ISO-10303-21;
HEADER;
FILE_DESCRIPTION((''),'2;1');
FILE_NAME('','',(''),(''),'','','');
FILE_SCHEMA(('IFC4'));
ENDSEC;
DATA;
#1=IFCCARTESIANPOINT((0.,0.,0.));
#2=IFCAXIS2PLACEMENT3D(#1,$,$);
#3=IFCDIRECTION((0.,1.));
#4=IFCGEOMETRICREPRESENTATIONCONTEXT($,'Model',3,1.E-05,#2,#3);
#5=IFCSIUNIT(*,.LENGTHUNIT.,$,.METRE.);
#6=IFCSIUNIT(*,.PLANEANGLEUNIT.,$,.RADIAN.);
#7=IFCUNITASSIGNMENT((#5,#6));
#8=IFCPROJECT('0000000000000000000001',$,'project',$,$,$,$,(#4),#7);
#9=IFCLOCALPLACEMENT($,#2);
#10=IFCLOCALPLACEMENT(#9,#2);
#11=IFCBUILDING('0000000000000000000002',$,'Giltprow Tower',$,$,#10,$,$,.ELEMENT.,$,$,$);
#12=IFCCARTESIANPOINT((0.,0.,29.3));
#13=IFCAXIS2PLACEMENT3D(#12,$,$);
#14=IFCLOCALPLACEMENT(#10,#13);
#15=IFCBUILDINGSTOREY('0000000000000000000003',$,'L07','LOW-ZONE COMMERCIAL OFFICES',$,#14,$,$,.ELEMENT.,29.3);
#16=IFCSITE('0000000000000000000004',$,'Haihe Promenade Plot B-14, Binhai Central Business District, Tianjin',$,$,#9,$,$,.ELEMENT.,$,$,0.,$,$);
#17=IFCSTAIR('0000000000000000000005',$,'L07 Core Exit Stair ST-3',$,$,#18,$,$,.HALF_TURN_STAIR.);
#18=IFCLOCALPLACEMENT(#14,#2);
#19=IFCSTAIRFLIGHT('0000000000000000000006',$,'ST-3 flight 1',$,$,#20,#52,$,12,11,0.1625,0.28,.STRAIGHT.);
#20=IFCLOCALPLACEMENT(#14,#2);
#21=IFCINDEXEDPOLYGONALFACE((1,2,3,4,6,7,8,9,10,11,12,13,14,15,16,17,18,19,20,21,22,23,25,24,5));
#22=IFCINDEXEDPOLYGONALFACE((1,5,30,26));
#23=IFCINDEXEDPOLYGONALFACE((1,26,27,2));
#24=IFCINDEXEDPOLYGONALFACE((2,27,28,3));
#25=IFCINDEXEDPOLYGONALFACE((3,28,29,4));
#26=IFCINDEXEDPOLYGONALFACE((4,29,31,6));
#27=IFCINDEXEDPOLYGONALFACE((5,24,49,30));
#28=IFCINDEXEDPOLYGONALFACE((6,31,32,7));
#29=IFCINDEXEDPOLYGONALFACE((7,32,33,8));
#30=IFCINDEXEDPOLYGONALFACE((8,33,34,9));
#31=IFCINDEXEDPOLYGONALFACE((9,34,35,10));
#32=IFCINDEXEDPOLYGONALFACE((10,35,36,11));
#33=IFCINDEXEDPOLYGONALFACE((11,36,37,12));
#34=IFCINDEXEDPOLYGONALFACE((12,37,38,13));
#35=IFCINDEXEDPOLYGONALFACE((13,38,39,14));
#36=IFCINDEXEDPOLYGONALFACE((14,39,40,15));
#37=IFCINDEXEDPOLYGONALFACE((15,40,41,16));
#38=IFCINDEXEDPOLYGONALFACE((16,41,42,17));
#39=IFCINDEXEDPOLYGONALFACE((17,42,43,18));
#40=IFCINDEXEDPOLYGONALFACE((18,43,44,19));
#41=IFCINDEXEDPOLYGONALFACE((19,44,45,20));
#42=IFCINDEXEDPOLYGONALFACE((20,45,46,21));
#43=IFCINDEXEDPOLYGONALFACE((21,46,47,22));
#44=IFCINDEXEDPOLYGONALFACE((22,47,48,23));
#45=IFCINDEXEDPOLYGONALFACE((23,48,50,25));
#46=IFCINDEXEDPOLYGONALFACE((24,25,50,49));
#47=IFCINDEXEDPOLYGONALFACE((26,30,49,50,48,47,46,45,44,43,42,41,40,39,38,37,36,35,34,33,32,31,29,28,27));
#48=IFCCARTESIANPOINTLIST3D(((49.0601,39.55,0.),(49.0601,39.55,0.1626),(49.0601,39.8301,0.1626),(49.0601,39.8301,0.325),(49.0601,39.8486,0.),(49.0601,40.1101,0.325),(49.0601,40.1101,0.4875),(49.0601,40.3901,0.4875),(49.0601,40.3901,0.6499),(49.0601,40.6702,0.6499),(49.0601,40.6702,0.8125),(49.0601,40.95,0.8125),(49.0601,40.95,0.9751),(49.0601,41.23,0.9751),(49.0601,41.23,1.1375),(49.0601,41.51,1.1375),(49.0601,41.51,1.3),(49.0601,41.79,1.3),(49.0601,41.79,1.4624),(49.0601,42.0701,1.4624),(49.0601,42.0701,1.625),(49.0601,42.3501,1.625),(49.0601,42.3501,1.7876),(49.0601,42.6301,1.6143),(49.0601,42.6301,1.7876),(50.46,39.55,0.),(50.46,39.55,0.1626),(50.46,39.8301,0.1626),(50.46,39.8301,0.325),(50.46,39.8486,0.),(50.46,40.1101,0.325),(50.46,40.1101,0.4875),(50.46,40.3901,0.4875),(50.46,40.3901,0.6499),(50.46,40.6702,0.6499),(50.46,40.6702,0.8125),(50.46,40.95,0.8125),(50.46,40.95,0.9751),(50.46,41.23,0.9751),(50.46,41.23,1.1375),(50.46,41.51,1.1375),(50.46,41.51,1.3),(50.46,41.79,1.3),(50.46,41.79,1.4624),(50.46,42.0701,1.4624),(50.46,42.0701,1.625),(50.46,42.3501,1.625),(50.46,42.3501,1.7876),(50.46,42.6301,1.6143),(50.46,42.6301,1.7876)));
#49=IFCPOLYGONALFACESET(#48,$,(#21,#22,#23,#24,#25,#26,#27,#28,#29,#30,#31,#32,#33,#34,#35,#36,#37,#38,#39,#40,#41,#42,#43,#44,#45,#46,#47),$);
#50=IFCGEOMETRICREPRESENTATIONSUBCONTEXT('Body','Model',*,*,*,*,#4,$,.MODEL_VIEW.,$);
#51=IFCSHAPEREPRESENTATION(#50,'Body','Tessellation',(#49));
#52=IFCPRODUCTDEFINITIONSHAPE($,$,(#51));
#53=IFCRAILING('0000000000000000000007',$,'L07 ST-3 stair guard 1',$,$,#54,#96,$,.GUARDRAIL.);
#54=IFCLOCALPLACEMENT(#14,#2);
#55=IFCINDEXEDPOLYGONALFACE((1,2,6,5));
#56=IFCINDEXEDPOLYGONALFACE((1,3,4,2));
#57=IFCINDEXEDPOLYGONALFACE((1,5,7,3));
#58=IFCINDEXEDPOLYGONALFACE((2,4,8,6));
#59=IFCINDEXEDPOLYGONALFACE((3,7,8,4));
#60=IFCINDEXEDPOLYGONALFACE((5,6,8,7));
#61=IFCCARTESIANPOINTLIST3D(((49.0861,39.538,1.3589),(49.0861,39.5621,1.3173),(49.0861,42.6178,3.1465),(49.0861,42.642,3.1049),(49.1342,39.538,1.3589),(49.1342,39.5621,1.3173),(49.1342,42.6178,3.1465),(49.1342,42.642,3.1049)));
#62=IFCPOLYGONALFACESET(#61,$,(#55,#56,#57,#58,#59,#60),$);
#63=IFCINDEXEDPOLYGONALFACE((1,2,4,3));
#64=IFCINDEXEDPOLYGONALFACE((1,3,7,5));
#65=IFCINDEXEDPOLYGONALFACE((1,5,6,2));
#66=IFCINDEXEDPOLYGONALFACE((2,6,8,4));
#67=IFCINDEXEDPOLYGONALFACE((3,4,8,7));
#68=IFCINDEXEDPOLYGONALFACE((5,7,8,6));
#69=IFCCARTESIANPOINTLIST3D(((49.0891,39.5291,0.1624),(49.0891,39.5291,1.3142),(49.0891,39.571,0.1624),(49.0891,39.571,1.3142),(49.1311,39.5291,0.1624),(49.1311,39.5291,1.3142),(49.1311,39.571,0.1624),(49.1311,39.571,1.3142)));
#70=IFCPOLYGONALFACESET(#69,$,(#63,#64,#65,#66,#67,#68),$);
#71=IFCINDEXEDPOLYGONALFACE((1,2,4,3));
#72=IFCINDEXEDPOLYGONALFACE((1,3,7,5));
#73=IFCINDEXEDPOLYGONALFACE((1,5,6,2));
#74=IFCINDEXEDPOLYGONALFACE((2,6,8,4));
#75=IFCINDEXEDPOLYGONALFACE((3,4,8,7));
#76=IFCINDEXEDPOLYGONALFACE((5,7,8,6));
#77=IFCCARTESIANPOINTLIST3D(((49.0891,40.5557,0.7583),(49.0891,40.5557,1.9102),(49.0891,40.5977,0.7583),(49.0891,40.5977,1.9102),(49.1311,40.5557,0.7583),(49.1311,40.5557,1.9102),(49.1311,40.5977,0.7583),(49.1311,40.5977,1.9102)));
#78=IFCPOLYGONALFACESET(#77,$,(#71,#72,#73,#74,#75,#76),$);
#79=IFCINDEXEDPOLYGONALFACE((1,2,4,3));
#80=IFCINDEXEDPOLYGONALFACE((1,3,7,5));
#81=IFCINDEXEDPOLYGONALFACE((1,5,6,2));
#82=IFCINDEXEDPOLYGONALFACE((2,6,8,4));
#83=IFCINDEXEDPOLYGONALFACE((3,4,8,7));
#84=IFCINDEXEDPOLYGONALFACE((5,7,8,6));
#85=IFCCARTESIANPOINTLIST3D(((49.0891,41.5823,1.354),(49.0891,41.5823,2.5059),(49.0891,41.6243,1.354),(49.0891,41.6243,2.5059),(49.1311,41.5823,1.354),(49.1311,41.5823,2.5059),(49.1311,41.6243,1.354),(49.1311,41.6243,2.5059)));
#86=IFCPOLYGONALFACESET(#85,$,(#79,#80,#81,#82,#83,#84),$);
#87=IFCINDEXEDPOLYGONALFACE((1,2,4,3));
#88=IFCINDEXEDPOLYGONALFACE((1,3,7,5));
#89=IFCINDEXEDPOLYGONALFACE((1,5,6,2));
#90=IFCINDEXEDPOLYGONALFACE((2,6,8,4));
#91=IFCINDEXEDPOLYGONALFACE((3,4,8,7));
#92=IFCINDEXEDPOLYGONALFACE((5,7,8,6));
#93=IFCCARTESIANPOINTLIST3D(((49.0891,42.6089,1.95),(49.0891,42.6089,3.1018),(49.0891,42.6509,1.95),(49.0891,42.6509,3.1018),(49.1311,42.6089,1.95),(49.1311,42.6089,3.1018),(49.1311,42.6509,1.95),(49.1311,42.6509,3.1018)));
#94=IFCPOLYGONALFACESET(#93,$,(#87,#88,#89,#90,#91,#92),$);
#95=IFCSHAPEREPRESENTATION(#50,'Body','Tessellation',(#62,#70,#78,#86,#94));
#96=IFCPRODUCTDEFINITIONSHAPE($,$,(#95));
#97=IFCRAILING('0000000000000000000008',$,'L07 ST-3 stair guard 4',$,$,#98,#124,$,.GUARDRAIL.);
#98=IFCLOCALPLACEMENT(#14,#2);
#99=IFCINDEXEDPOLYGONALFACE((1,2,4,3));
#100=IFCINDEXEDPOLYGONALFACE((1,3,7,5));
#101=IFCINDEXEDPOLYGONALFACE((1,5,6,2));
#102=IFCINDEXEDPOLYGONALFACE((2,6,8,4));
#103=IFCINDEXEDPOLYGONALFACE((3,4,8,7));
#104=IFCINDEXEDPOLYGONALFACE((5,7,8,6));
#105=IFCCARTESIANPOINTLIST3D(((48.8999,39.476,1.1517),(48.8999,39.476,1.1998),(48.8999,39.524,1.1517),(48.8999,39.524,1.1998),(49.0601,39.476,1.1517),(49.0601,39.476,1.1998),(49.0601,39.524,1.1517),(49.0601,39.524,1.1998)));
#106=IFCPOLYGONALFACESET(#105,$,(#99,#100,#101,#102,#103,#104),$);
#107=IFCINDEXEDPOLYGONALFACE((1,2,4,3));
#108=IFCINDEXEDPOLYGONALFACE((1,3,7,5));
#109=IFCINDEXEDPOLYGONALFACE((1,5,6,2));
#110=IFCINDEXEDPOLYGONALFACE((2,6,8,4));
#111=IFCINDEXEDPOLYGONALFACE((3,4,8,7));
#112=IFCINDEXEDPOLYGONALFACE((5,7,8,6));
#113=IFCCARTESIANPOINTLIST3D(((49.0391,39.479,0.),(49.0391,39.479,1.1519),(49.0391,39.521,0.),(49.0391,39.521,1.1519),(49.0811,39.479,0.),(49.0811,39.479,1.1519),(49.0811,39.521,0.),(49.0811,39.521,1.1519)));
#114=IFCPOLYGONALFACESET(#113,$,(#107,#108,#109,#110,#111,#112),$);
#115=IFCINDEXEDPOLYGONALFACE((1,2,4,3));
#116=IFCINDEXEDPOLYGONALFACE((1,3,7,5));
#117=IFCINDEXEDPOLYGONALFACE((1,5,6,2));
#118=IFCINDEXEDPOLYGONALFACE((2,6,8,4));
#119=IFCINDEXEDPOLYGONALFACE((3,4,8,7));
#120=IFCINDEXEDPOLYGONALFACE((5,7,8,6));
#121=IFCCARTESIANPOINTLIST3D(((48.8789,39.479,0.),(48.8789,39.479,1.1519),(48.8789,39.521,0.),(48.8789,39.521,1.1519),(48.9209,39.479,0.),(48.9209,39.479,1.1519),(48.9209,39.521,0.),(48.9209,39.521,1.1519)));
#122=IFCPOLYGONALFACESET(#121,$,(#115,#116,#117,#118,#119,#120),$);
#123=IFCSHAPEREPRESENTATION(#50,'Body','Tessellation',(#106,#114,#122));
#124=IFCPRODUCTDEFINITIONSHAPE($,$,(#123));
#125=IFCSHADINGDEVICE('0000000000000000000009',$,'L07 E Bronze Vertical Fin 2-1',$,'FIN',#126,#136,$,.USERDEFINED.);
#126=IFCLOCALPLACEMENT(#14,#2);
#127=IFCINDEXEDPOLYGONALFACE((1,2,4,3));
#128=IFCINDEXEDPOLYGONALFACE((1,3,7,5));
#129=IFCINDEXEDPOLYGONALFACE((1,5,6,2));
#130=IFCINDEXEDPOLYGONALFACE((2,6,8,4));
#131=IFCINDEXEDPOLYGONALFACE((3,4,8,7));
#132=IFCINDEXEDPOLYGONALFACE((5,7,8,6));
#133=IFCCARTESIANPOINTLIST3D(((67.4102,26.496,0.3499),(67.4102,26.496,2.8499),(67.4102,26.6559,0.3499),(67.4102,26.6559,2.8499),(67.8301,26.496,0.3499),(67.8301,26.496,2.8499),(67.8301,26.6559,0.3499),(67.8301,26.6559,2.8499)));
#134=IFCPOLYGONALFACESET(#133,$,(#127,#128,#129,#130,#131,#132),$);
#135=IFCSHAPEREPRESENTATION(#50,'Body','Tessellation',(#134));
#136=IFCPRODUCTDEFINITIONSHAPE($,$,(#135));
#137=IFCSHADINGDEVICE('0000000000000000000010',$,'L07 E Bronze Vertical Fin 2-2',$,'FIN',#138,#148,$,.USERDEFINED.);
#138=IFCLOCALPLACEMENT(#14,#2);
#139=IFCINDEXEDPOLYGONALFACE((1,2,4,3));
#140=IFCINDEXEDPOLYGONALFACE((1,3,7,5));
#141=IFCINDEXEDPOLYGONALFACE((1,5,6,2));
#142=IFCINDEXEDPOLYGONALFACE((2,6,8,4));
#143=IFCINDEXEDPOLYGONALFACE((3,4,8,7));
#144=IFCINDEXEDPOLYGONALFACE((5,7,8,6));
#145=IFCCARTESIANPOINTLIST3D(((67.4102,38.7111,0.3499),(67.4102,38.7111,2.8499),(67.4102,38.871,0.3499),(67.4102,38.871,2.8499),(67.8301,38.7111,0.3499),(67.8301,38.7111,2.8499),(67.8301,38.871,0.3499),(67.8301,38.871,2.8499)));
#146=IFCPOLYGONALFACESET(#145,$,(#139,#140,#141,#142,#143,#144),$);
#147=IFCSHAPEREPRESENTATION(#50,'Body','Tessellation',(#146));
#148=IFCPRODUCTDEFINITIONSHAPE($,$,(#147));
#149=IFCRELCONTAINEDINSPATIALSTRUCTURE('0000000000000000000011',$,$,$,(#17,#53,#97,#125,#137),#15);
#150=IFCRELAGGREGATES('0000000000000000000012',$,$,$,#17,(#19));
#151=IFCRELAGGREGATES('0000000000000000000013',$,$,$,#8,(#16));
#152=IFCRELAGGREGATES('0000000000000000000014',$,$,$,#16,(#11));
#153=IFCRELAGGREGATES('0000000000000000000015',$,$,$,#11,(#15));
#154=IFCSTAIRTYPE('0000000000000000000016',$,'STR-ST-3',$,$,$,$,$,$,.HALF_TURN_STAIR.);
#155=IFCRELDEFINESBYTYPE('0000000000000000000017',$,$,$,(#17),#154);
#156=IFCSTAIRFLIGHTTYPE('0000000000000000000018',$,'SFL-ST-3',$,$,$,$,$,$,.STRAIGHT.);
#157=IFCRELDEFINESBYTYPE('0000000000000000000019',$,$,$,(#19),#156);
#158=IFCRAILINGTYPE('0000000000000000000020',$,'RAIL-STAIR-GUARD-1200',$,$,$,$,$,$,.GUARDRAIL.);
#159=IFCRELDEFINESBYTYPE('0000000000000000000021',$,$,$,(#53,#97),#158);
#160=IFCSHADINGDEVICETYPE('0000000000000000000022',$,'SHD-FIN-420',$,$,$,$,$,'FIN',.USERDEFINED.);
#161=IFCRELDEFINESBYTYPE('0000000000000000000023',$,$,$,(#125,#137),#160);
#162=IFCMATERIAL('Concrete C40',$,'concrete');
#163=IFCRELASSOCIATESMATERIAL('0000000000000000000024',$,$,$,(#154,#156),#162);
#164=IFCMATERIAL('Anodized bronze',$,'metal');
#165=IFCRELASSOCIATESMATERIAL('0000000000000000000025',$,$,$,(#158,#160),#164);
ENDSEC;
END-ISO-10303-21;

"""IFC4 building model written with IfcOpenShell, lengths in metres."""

from ifc_helpers import new_model, si_unit, direction, frame, origin, origin_2d, place, context, subcontext, project, spatial, polyline, rectangle, outline, extrude, source, transform, mapped, material, type_object, element, aggregate, save


model = new_model("IFC4")

# Units and contexts
model_context = context("Model", 3, precision=1e-05, world=origin(), true_north=direction((0.0, 1.0)))
body_context = subcontext(model_context, "Body", "Model", "MODEL_VIEW")
ifc_project = project(units=[si_unit("LENGTHUNIT", "METRE"), si_unit("PLANEANGLEUNIT", "RADIAN")], contexts=[model_context])

# Site, building, storey
site_placement = place(None, origin())
site = spatial("IfcSite", under=ifc_project, at=site_placement, Name="Haihe Promenade Plot B-14, Binhai Central Business District, Tianjin", CompositionType="ELEMENT", RefElevation=0.0)
building_placement = place(site_placement, origin())
building = spatial("IfcBuilding", under=site, at=building_placement, Name="Giltprow Tower", CompositionType="ELEMENT")
storey_placement = place(building_placement, frame((0.0, 0.0, 29.3)))
storey = spatial("IfcBuildingStorey", under=building, at=storey_placement, Name="L07", Description="LOW-ZONE COMMERCIAL OFFICES", CompositionType="ELEMENT", Elevation=29.3)

# Shared definitions
ifc_material_1 = material(Name="Concrete C40", Category="concrete")

# Stair, stair flight
stair_type = type_object("IfcStairType", Name="STR-ST-3", PredefinedType="HALF_TURN_STAIR", material=ifc_material_1)
stair_placement = place(storey_placement, origin())
stair = element("IfcStair", 1, at=stair_placement, inside=storey, type_object=stair_type, Name="L07 Core Exit Stair ST-3", PredefinedType="HALF_TURN_STAIR")
stair_flight_type = type_object("IfcStairFlightType", Name="SFL-ST-3", PredefinedType="STRAIGHT", material=ifc_material_1)
stair_flight_placement = place(storey_placement, frame((49.76, 39.55, 0.0), z_axis=(0.0, 0.0, 1.0), x_axis=(0.0, 1.0, 0.0)))
stair_flight = element("IfcStairFlight", 2, at=stair_flight_placement, type_object=stair_flight_type, Name="ST-3 flight 1", NumberOfRisers=12, NumberOfTreads=11, PredefinedType="STRAIGHT", RiserHeight=0.1625, TreadLength=0.28, context=body_context, shape_type="SweptSolid", body=[
    extrude(outline(polyline([(0.0, 0.0), (0.0, 0.1626), (0.28, 0.1626), (0.28, 0.325), (0.5601, 0.325), (0.5601, 0.4875), (0.8401, 0.4875), (0.8401, 0.6499), (1.1201, 0.6499), (1.1201, 0.8125), (1.3999, 0.8125), (1.3999, 0.9751), (1.6799, 0.9751), (1.6799, 1.1375), (1.96, 1.1375), (1.96, 1.3), (2.24, 1.3), (2.24, 1.4624), (2.52, 1.4624), (2.52, 1.625), (2.8, 1.625), (2.8, 1.7876), (3.0801, 1.7876), (3.0801, 1.95), (3.0801, 1.6143), (0.2986, 0.0), (0.0, 0.0)])), frame((0.0, 0.7, 0.0), z_axis=(0.0, -1.0, 0.0), x_axis=(1.0, 0.0, 0.0)), (0.0, 0.0, 1.0), 1.3999),
])
aggregate(stair, [stair_flight])

# Railings
ifc_material_2 = material(Name="Anodized bronze", Category="metal")
railing_type = type_object("IfcRailingType", Name="RAIL-STAIR-GUARD-1200", PredefinedType="GUARDRAIL", material=ifc_material_2)
railing_1_placement = place(storey_placement, frame((49.1101, 39.55, 0.1624)))
element("IfcRailing", 3, at=railing_1_placement, inside=storey, type_object=railing_type, Name="L07 ST-3 stair guard 1", PredefinedType="GUARDRAIL", context=body_context, shape_type="SweptSolid", body=[
    extrude(rectangle(XDim=0.0481, YDim=0.0481, at=origin_2d()), frame((0.0, 0.0, 1.1758), z_axis=(0.0, 0.864873, 0.50199), x_axis=(-1.0, 0.0, 0.0)), (0.0, 0.0, 1.0), 3.561),
    extrude(rectangle(XDim=0.042, YDim=0.042, at=origin_2d()), origin(), (0.0, 0.0, 1.0), 1.1519),
    extrude(rectangle(XDim=0.042, YDim=0.042, at=origin_2d()), frame((0.0, 1.0266, 0.5959)), (0.0, 0.0, 1.0), 1.1519),
    extrude(rectangle(XDim=0.042, YDim=0.042, at=origin_2d()), frame((0.0, 2.0532, 1.1917)), (0.0, 0.0, 1.0), 1.1519),
    extrude(rectangle(XDim=0.042, YDim=0.042, at=origin_2d()), frame((0.0, 3.0798, 1.7876)), (0.0, 0.0, 1.0), 1.1519),
])
railing_2_placement = place(storey_placement, frame((49.0601, 39.5, 0.0)))
element("IfcRailing", 4, at=railing_2_placement, inside=storey, type_object=railing_type, Name="L07 ST-3 stair guard 4", PredefinedType="GUARDRAIL", context=body_context, shape_type="SweptSolid", body=[
    extrude(rectangle(XDim=0.0481, YDim=0.0481, at=origin_2d()), frame((0.0, 0.0, 1.1758), z_axis=(-1.0, 0.0, 0.0), x_axis=(0.0, -1.0, 0.0)), (0.0, 0.0, 1.0), 0.1602),
    extrude(rectangle(XDim=0.042, YDim=0.042, at=origin_2d()), origin(), (0.0, 0.0, 1.0), 1.1519),
    extrude(rectangle(XDim=0.042, YDim=0.042, at=origin_2d()), frame((-0.1602, 0.0, 0.0)), (0.0, 0.0, 1.0), 1.1519),
])

# Shading devices
shading_device_type = type_object("IfcShadingDeviceType", Name="SHD-FIN-420", ElementType="FIN", PredefinedType="USERDEFINED", material=ifc_material_2)
shared_shape_1 = source(origin(), body_context, "Body", "SweptSolid", [
    extrude(rectangle(XDim=0.4199, YDim=0.1599, at=origin_2d()), origin(), (0.0, 0.0, 1.0), 2.5),
])
for number, where, z_axis, x_axis, name in (
    (5, (67.6201, 26.5759, 0.3499), (0.0, 0.0, 1.0), (1.0, 0.0, 0.0), "L07 E Bronze Vertical Fin 2-1"),
    (6, (67.6201, 38.791, 0.3499), (0.0, 0.0, 1.0), (1.0, 0.0, 0.0), "L07 E Bronze Vertical Fin 2-2"),
):
    element("IfcShadingDevice", number, at=place(storey_placement, frame(where, z_axis=z_axis, x_axis=x_axis)), inside=storey, type_object=shading_device_type, Name=name, ObjectType="FIN", PredefinedType="USERDEFINED", context=body_context, shape_type="MappedRepresentation", body=[
        mapped(shared_shape_1, transform((0.0, 0.0, 0.0), x_axis=(1.0, 0.0, 0.0), y_axis=(0.0, 1.0, 0.0), z_axis=(0.0, 0.0, 1.0), scale=1.0)),
    ])

save(model, "model.ifc")
